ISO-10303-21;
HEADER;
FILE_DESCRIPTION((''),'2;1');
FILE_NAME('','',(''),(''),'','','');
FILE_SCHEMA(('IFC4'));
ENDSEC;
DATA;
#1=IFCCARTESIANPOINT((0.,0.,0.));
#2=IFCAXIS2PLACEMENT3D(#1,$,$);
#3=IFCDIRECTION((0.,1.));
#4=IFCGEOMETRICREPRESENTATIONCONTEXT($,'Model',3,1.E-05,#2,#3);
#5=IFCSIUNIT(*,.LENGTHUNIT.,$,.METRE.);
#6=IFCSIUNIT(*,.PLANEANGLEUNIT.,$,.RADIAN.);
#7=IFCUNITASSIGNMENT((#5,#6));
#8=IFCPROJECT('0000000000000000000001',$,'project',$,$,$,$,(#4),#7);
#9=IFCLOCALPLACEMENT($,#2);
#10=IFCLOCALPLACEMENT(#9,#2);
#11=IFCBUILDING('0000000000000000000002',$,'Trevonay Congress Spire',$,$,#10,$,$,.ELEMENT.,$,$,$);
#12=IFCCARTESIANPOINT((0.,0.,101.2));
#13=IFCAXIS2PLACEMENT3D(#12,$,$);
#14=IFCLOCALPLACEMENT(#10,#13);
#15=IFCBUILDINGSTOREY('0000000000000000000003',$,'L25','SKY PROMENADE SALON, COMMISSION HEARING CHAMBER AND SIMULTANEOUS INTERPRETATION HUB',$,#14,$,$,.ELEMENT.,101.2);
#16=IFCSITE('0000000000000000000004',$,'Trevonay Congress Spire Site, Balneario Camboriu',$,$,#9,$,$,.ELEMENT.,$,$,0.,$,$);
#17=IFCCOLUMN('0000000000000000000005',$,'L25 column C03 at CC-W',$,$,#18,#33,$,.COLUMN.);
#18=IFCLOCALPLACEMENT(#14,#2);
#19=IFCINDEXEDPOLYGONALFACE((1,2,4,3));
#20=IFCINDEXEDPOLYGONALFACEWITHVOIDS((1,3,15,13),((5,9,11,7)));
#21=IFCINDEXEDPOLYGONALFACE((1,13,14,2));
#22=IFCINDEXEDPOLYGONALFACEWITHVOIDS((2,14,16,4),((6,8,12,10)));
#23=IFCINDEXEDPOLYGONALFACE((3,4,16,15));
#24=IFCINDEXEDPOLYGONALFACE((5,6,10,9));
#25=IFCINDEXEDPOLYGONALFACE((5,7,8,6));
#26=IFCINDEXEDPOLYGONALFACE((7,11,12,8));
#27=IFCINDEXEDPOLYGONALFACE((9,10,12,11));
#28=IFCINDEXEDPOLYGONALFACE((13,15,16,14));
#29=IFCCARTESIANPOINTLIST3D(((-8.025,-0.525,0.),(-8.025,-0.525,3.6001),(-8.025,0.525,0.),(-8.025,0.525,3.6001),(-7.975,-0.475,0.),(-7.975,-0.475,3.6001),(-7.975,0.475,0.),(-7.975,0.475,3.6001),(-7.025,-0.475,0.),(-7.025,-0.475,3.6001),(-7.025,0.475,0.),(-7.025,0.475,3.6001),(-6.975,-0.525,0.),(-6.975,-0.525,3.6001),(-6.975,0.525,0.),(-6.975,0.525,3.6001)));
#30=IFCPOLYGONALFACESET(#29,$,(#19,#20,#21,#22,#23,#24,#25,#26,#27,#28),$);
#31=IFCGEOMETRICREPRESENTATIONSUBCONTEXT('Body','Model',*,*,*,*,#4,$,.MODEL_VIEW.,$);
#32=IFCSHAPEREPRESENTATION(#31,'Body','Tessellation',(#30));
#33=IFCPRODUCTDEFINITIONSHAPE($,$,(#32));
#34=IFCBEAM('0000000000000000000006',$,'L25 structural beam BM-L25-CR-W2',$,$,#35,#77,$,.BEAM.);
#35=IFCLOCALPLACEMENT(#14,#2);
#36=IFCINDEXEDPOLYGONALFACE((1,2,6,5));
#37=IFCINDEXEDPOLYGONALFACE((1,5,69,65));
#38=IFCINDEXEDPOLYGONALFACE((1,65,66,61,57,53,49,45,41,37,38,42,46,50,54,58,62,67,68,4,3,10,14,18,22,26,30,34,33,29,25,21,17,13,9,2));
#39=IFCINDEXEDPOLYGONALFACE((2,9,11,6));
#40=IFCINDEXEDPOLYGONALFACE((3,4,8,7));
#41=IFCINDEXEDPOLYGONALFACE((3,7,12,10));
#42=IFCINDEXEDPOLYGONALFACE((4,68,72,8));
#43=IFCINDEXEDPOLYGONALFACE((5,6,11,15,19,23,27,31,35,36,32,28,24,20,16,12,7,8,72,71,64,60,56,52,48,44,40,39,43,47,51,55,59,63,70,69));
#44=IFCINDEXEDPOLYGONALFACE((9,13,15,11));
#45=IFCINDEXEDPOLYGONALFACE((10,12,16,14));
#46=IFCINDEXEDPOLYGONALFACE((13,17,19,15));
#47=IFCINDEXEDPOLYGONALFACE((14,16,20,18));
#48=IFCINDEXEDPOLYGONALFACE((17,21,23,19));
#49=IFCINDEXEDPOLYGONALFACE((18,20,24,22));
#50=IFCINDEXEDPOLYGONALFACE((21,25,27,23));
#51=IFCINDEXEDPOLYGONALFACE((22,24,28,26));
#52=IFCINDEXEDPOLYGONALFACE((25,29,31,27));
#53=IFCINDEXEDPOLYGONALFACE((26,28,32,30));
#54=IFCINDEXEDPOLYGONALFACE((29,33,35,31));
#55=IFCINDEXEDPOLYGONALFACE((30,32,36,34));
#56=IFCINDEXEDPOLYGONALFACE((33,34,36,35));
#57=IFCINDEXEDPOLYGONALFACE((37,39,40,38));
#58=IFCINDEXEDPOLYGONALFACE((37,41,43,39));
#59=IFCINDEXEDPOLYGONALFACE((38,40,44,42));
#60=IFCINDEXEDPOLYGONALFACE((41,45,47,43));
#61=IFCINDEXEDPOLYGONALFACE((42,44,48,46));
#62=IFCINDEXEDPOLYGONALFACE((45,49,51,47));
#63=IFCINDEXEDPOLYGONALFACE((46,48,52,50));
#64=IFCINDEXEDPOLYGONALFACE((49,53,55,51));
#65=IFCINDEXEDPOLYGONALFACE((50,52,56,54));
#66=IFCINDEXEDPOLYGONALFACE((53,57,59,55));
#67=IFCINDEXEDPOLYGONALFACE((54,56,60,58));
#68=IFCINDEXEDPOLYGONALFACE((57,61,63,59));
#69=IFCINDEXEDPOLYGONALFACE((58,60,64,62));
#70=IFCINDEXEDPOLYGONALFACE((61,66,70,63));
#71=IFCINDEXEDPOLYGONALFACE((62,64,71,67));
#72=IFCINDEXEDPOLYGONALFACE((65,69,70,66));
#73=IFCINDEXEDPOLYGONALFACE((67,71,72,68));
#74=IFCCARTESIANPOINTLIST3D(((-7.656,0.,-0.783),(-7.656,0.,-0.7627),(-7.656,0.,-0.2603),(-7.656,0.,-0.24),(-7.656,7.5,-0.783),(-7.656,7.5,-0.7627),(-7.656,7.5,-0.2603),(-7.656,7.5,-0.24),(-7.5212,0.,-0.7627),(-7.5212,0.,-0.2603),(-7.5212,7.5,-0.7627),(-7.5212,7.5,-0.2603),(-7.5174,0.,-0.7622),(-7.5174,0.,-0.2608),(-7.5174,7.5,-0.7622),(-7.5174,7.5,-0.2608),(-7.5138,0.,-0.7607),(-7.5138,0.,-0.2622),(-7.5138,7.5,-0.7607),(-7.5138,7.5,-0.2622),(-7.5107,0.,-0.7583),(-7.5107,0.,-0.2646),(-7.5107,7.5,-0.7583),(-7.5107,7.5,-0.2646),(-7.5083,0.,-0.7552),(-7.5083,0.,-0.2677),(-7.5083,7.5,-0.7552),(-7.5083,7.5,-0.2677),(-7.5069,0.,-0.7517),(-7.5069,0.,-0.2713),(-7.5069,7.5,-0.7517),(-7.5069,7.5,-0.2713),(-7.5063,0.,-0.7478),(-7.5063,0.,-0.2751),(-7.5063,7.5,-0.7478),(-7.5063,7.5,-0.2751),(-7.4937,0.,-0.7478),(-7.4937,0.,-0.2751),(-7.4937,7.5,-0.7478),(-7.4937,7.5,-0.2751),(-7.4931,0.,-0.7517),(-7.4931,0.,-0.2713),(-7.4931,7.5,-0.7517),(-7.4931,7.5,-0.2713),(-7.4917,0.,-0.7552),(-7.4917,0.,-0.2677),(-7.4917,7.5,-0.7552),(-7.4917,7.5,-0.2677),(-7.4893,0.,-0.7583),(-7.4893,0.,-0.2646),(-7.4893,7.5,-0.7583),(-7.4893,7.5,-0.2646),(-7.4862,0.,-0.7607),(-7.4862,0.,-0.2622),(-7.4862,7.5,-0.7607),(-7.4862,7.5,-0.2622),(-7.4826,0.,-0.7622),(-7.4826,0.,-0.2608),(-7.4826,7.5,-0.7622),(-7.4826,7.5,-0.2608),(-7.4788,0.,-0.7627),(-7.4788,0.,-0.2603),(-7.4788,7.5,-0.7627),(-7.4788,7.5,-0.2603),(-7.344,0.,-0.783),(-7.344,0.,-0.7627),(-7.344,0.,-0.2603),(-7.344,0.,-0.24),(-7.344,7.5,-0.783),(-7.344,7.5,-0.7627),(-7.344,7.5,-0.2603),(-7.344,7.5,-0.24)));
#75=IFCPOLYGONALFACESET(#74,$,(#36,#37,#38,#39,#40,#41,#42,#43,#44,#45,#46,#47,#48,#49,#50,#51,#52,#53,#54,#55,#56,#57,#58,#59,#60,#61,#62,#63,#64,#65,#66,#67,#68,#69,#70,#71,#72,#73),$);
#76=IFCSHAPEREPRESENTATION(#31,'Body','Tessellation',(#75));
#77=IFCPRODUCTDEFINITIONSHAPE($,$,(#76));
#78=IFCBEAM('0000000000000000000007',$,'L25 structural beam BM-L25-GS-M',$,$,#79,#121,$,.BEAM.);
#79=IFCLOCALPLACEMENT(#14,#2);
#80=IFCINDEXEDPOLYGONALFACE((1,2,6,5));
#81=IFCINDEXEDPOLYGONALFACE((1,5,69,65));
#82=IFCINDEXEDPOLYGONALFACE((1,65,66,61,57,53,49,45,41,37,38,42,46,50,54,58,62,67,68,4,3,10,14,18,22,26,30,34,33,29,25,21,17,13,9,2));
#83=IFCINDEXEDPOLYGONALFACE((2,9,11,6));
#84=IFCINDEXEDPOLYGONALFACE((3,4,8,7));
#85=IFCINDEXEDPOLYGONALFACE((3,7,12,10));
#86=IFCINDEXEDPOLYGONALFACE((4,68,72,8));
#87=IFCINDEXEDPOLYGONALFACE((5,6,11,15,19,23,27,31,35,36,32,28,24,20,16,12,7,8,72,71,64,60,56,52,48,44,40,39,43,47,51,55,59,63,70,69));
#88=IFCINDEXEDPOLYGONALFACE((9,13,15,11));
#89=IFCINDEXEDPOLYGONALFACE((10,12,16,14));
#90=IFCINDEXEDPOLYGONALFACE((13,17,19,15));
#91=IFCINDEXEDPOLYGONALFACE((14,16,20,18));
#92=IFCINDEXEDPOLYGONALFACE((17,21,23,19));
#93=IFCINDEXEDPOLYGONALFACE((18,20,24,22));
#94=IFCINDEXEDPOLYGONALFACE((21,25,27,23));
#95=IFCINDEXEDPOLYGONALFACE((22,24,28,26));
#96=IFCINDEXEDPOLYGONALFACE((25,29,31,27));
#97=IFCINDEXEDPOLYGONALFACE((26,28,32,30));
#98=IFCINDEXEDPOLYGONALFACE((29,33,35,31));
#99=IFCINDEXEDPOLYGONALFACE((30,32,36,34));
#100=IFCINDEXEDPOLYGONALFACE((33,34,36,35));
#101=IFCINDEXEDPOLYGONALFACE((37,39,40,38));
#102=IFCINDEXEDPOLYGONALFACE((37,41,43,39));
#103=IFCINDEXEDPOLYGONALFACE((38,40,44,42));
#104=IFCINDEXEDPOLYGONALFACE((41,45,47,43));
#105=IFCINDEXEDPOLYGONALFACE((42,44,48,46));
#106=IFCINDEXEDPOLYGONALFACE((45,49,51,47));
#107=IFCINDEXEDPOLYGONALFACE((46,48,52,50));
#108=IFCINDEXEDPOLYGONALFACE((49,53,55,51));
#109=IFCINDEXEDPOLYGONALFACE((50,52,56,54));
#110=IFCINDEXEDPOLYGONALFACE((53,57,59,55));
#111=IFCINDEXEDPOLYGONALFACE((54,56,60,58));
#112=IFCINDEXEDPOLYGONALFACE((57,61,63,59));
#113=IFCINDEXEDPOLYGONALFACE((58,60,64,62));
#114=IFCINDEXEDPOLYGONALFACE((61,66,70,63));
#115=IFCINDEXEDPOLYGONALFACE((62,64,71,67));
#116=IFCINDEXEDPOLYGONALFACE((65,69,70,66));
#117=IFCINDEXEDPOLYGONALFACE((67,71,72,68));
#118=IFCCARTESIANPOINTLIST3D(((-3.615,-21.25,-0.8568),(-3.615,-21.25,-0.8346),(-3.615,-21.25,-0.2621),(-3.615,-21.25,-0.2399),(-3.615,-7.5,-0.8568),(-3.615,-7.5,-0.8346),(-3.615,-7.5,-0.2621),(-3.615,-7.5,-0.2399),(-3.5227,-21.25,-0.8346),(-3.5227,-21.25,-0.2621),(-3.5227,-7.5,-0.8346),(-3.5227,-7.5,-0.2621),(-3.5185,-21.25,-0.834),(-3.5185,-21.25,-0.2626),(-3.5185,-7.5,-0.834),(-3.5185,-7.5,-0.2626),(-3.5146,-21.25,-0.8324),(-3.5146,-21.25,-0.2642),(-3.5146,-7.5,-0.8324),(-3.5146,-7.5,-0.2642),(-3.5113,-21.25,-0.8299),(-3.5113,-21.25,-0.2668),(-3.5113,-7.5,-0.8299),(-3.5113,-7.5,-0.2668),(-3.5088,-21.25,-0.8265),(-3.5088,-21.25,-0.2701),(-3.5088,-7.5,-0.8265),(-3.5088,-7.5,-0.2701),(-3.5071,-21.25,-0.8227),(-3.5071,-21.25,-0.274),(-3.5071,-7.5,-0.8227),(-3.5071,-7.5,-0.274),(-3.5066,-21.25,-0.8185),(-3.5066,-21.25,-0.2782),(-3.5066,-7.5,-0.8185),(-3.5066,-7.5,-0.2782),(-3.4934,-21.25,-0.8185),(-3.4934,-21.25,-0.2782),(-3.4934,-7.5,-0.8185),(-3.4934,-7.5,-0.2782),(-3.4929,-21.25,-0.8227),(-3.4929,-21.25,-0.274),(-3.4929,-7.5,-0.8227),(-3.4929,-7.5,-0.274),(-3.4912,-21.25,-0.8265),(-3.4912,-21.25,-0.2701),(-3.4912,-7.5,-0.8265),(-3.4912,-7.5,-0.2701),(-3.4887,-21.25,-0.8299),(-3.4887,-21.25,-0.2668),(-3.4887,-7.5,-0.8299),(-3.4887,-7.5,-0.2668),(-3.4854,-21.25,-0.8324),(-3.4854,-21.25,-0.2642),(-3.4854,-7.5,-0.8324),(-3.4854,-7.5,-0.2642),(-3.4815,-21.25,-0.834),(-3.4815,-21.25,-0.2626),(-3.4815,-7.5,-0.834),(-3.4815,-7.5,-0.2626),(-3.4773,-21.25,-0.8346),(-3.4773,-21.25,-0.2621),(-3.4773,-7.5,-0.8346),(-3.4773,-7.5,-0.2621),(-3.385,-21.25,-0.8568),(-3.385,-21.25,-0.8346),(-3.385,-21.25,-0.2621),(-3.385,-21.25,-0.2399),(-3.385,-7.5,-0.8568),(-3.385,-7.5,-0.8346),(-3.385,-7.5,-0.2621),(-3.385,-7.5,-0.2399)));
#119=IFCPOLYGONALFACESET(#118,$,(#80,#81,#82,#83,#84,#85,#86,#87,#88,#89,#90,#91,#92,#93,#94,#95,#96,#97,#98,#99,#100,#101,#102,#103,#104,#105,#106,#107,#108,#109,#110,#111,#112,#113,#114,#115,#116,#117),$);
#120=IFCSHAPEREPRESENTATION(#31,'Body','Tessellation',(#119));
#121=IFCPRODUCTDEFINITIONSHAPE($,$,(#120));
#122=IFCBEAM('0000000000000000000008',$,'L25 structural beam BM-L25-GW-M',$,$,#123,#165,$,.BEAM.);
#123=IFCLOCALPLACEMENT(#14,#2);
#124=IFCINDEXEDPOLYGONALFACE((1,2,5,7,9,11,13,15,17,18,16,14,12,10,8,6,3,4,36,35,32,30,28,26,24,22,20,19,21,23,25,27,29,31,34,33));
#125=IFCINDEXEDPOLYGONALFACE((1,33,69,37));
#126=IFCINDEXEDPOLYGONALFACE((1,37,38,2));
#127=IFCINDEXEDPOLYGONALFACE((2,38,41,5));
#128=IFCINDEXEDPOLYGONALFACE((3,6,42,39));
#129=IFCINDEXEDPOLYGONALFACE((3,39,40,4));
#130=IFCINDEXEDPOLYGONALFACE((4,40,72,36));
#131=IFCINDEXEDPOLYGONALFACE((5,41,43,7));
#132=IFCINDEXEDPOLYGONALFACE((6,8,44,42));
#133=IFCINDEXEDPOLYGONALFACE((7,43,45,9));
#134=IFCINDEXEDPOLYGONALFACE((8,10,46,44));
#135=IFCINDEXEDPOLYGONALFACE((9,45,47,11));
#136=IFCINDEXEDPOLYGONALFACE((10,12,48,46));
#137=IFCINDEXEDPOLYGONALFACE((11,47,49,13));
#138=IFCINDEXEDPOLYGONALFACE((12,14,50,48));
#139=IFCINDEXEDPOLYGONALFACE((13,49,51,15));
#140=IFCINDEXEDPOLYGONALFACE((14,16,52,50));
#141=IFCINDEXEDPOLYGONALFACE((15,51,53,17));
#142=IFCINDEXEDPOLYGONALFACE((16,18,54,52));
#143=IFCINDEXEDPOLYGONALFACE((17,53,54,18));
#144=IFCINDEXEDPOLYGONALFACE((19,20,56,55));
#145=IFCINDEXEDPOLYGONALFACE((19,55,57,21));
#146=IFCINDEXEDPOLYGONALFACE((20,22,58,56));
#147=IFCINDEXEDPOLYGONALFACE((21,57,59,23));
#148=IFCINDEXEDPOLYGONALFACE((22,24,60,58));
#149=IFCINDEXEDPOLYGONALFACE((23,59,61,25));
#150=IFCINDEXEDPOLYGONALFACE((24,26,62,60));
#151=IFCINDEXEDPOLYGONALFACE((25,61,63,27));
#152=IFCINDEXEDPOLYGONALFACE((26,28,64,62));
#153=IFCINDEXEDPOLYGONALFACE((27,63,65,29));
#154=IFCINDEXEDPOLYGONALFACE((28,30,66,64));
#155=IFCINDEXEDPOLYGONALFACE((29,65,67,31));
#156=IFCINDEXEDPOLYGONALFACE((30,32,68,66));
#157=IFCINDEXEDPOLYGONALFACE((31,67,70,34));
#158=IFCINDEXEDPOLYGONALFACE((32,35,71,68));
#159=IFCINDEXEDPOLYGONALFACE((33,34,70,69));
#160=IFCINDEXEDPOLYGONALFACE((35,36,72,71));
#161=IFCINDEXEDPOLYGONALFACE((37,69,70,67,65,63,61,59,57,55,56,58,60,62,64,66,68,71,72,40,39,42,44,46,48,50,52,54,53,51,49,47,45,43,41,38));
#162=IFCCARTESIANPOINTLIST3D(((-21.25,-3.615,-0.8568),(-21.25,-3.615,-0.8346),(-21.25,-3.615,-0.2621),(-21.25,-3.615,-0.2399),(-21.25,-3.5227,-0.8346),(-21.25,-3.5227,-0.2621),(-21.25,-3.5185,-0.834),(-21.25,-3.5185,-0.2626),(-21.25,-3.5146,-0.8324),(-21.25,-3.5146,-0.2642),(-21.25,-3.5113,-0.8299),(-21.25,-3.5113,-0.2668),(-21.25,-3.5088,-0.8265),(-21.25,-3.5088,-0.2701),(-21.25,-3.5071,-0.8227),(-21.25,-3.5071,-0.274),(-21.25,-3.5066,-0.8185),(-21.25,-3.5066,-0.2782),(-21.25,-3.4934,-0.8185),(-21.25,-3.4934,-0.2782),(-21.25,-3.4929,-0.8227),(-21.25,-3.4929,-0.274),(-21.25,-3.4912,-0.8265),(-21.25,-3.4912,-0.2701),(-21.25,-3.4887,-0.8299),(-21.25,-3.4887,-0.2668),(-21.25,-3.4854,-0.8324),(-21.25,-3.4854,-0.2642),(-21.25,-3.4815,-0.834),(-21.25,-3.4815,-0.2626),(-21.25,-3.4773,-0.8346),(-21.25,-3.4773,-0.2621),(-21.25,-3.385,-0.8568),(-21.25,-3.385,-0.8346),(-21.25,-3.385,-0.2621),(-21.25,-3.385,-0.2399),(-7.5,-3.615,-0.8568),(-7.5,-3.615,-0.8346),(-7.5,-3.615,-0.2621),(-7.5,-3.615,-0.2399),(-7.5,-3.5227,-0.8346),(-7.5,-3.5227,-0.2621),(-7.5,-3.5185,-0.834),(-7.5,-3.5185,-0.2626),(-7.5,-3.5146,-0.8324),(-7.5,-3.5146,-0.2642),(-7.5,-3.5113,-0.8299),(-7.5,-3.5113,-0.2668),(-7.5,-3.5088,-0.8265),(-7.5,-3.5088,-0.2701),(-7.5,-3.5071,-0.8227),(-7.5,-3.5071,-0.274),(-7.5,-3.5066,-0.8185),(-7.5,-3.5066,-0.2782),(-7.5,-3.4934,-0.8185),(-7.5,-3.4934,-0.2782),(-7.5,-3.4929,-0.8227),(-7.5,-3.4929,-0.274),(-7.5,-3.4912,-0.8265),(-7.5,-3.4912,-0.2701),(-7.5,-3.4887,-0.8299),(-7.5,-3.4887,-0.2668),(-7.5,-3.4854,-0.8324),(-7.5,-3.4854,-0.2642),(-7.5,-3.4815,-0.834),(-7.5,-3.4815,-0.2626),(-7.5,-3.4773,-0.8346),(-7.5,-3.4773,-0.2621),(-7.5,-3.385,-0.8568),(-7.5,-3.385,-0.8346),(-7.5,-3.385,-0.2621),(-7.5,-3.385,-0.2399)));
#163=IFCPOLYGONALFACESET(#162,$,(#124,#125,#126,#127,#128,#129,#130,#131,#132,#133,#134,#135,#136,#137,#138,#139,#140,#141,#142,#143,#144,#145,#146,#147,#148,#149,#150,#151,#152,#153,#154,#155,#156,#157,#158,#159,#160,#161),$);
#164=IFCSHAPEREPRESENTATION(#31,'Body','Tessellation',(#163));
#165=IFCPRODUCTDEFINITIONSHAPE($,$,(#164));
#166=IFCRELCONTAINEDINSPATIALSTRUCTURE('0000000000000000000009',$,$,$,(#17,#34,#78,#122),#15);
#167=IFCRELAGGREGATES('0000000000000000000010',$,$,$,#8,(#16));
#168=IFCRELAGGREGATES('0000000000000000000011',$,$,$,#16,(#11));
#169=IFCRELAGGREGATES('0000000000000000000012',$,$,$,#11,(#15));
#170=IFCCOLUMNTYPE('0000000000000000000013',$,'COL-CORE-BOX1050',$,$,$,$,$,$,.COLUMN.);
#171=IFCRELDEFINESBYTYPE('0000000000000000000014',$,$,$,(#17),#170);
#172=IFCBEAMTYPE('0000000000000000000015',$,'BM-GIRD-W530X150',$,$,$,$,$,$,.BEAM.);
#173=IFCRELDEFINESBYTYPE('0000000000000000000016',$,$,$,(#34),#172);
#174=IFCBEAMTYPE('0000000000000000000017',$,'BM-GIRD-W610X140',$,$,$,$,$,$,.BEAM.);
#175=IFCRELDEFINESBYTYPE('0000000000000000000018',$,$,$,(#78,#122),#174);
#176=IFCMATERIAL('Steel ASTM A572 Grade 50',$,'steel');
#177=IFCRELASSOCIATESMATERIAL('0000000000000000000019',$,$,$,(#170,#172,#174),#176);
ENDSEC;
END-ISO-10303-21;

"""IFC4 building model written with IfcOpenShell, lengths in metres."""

from ifc_helpers import new_model, si_unit, direction, frame, origin, origin_2d, place, context, subcontext, project, spatial, hollow_rectangle, i_section, extrude, material, material_profile, profile_set, type_object, element, save


model = new_model("IFC4")

# Units and contexts
model_context = context("Model", 3, precision=1e-05, world=origin(), true_north=direction((0.0, 1.0)))
body_context = subcontext(model_context, "Body", "Model", "MODEL_VIEW")
ifc_project = project(units=[si_unit("LENGTHUNIT", "METRE"), si_unit("PLANEANGLEUNIT", "RADIAN")], contexts=[model_context])

# Site, building, storey
site_placement = place(None, origin())
site = spatial("IfcSite", under=ifc_project, at=site_placement, Name="Trevonay Congress Spire Site, Balneario Camboriu", CompositionType="ELEMENT", RefElevation=0.0)
building_placement = place(site_placement, origin())
building = spatial("IfcBuilding", under=site, at=building_placement, Name="Trevonay Congress Spire", CompositionType="ELEMENT")
storey_placement = place(building_placement, frame((0.0, 0.0, 101.2)))
storey = spatial("IfcBuildingStorey", under=building, at=storey_placement, Name="L25", Description="SKY PROMENADE SALON, COMMISSION HEARING CHAMBER AND SIMULTANEOUS INTERPRETATION HUB", CompositionType="ELEMENT", Elevation=101.2)

# Column
ifc_material_1 = material(Name="Steel ASTM A572 Grade 50", Category="steel")
ifc_material_profile_1 = material_profile(ifc_material_1, hollow_rectangle(XDim=1.05, YDim=1.05, WallThickness=0.05, at=origin_2d()), Name="BOX 1050x1050x50")
ifc_profile_set_1 = profile_set([ifc_material_profile_1], Name="Steel ASTM A572 Grade 50")
column_type = type_object("IfcColumnType", Name="COL-CORE-BOX1050", PredefinedType="COLUMN", material=ifc_profile_set_1)
column_placement = place(storey_placement, frame((-7.5, 0.0, 0.0), z_axis=(0.0, 0.0, 1.0), x_axis=(1.0, 0.0, 0.0)))
element("IfcColumn", 1, at=column_placement, inside=storey, type_object=column_type, Name="L25 column C03 at CC-W", PredefinedType="COLUMN", context=body_context, shape_type="SweptSolid", body=[
    extrude(hollow_rectangle(XDim=1.05, YDim=1.05, WallThickness=0.05, at=origin_2d()), origin(), (0.0, 0.0, 1.0), 3.6001),
])

# Beams
ifc_material_profile_2 = material_profile(ifc_material_1, i_section(OverallWidth=0.312, OverallDepth=0.543, WebThickness=0.0127, FlangeThickness=0.0203, FilletRadius=0.0149, at=origin_2d()), Name="W530x150")
ifc_profile_set_2 = profile_set([ifc_material_profile_2], Name="Steel ASTM A572 Grade 50")
beam_type_1 = type_object("IfcBeamType", Name="BM-GIRD-W530X150", PredefinedType="BEAM", material=ifc_profile_set_2)
beam_1_placement = place(storey_placement, frame((-7.5, 0.0, -0.5115), z_axis=(0.0, 1.0, 0.0), x_axis=(-1.0, 0.0, 0.0)))
element("IfcBeam", 2, at=beam_1_placement, inside=storey, type_object=beam_type_1, Name="L25 structural beam BM-L25-CR-W2", PredefinedType="BEAM", context=body_context, shape_type="SweptSolid", body=[
    extrude(i_section(OverallWidth=0.312, OverallDepth=0.543, WebThickness=0.0127, FlangeThickness=0.0203, FilletRadius=0.0149, at=origin_2d()), origin(), (0.0, 0.0, 1.0), 7.5),
])
ifc_material_profile_3 = material_profile(ifc_material_1, i_section(OverallWidth=0.23, OverallDepth=0.6169, WebThickness=0.0132, FlangeThickness=0.0222, FilletRadius=0.0161, at=origin_2d()), Name="W610x140")
ifc_profile_set_3 = profile_set([ifc_material_profile_3], Name="Steel ASTM A572 Grade 50")
beam_type_2 = type_object("IfcBeamType", Name="BM-GIRD-W610X140", PredefinedType="BEAM", material=ifc_profile_set_3)
for number, where, z_axis, x_axis, name in (
    (3, (-3.5, -7.5, -0.5483), (0.0, -1.0, 0.0), (1.0, 0.0, 0.0), "L25 structural beam BM-L25-GS-M"),
    (4, (-7.5, -3.5, -0.5483), (-1.0, 0.0, 0.0), (0.0, -1.0, 0.0), "L25 structural beam BM-L25-GW-M"),
):
    element("IfcBeam", number, at=place(storey_placement, frame(where, z_axis=z_axis, x_axis=x_axis)), inside=storey, type_object=beam_type_2, Name=name, PredefinedType="BEAM", context=body_context, shape_type="SweptSolid", body=[
        extrude(i_section(OverallWidth=0.23, OverallDepth=0.6169, WebThickness=0.0132, FlangeThickness=0.0222, FilletRadius=0.0161, at=origin_2d()), origin(), (0.0, 0.0, 1.0), 13.75),
    ])

save(model, "model.ifc")
